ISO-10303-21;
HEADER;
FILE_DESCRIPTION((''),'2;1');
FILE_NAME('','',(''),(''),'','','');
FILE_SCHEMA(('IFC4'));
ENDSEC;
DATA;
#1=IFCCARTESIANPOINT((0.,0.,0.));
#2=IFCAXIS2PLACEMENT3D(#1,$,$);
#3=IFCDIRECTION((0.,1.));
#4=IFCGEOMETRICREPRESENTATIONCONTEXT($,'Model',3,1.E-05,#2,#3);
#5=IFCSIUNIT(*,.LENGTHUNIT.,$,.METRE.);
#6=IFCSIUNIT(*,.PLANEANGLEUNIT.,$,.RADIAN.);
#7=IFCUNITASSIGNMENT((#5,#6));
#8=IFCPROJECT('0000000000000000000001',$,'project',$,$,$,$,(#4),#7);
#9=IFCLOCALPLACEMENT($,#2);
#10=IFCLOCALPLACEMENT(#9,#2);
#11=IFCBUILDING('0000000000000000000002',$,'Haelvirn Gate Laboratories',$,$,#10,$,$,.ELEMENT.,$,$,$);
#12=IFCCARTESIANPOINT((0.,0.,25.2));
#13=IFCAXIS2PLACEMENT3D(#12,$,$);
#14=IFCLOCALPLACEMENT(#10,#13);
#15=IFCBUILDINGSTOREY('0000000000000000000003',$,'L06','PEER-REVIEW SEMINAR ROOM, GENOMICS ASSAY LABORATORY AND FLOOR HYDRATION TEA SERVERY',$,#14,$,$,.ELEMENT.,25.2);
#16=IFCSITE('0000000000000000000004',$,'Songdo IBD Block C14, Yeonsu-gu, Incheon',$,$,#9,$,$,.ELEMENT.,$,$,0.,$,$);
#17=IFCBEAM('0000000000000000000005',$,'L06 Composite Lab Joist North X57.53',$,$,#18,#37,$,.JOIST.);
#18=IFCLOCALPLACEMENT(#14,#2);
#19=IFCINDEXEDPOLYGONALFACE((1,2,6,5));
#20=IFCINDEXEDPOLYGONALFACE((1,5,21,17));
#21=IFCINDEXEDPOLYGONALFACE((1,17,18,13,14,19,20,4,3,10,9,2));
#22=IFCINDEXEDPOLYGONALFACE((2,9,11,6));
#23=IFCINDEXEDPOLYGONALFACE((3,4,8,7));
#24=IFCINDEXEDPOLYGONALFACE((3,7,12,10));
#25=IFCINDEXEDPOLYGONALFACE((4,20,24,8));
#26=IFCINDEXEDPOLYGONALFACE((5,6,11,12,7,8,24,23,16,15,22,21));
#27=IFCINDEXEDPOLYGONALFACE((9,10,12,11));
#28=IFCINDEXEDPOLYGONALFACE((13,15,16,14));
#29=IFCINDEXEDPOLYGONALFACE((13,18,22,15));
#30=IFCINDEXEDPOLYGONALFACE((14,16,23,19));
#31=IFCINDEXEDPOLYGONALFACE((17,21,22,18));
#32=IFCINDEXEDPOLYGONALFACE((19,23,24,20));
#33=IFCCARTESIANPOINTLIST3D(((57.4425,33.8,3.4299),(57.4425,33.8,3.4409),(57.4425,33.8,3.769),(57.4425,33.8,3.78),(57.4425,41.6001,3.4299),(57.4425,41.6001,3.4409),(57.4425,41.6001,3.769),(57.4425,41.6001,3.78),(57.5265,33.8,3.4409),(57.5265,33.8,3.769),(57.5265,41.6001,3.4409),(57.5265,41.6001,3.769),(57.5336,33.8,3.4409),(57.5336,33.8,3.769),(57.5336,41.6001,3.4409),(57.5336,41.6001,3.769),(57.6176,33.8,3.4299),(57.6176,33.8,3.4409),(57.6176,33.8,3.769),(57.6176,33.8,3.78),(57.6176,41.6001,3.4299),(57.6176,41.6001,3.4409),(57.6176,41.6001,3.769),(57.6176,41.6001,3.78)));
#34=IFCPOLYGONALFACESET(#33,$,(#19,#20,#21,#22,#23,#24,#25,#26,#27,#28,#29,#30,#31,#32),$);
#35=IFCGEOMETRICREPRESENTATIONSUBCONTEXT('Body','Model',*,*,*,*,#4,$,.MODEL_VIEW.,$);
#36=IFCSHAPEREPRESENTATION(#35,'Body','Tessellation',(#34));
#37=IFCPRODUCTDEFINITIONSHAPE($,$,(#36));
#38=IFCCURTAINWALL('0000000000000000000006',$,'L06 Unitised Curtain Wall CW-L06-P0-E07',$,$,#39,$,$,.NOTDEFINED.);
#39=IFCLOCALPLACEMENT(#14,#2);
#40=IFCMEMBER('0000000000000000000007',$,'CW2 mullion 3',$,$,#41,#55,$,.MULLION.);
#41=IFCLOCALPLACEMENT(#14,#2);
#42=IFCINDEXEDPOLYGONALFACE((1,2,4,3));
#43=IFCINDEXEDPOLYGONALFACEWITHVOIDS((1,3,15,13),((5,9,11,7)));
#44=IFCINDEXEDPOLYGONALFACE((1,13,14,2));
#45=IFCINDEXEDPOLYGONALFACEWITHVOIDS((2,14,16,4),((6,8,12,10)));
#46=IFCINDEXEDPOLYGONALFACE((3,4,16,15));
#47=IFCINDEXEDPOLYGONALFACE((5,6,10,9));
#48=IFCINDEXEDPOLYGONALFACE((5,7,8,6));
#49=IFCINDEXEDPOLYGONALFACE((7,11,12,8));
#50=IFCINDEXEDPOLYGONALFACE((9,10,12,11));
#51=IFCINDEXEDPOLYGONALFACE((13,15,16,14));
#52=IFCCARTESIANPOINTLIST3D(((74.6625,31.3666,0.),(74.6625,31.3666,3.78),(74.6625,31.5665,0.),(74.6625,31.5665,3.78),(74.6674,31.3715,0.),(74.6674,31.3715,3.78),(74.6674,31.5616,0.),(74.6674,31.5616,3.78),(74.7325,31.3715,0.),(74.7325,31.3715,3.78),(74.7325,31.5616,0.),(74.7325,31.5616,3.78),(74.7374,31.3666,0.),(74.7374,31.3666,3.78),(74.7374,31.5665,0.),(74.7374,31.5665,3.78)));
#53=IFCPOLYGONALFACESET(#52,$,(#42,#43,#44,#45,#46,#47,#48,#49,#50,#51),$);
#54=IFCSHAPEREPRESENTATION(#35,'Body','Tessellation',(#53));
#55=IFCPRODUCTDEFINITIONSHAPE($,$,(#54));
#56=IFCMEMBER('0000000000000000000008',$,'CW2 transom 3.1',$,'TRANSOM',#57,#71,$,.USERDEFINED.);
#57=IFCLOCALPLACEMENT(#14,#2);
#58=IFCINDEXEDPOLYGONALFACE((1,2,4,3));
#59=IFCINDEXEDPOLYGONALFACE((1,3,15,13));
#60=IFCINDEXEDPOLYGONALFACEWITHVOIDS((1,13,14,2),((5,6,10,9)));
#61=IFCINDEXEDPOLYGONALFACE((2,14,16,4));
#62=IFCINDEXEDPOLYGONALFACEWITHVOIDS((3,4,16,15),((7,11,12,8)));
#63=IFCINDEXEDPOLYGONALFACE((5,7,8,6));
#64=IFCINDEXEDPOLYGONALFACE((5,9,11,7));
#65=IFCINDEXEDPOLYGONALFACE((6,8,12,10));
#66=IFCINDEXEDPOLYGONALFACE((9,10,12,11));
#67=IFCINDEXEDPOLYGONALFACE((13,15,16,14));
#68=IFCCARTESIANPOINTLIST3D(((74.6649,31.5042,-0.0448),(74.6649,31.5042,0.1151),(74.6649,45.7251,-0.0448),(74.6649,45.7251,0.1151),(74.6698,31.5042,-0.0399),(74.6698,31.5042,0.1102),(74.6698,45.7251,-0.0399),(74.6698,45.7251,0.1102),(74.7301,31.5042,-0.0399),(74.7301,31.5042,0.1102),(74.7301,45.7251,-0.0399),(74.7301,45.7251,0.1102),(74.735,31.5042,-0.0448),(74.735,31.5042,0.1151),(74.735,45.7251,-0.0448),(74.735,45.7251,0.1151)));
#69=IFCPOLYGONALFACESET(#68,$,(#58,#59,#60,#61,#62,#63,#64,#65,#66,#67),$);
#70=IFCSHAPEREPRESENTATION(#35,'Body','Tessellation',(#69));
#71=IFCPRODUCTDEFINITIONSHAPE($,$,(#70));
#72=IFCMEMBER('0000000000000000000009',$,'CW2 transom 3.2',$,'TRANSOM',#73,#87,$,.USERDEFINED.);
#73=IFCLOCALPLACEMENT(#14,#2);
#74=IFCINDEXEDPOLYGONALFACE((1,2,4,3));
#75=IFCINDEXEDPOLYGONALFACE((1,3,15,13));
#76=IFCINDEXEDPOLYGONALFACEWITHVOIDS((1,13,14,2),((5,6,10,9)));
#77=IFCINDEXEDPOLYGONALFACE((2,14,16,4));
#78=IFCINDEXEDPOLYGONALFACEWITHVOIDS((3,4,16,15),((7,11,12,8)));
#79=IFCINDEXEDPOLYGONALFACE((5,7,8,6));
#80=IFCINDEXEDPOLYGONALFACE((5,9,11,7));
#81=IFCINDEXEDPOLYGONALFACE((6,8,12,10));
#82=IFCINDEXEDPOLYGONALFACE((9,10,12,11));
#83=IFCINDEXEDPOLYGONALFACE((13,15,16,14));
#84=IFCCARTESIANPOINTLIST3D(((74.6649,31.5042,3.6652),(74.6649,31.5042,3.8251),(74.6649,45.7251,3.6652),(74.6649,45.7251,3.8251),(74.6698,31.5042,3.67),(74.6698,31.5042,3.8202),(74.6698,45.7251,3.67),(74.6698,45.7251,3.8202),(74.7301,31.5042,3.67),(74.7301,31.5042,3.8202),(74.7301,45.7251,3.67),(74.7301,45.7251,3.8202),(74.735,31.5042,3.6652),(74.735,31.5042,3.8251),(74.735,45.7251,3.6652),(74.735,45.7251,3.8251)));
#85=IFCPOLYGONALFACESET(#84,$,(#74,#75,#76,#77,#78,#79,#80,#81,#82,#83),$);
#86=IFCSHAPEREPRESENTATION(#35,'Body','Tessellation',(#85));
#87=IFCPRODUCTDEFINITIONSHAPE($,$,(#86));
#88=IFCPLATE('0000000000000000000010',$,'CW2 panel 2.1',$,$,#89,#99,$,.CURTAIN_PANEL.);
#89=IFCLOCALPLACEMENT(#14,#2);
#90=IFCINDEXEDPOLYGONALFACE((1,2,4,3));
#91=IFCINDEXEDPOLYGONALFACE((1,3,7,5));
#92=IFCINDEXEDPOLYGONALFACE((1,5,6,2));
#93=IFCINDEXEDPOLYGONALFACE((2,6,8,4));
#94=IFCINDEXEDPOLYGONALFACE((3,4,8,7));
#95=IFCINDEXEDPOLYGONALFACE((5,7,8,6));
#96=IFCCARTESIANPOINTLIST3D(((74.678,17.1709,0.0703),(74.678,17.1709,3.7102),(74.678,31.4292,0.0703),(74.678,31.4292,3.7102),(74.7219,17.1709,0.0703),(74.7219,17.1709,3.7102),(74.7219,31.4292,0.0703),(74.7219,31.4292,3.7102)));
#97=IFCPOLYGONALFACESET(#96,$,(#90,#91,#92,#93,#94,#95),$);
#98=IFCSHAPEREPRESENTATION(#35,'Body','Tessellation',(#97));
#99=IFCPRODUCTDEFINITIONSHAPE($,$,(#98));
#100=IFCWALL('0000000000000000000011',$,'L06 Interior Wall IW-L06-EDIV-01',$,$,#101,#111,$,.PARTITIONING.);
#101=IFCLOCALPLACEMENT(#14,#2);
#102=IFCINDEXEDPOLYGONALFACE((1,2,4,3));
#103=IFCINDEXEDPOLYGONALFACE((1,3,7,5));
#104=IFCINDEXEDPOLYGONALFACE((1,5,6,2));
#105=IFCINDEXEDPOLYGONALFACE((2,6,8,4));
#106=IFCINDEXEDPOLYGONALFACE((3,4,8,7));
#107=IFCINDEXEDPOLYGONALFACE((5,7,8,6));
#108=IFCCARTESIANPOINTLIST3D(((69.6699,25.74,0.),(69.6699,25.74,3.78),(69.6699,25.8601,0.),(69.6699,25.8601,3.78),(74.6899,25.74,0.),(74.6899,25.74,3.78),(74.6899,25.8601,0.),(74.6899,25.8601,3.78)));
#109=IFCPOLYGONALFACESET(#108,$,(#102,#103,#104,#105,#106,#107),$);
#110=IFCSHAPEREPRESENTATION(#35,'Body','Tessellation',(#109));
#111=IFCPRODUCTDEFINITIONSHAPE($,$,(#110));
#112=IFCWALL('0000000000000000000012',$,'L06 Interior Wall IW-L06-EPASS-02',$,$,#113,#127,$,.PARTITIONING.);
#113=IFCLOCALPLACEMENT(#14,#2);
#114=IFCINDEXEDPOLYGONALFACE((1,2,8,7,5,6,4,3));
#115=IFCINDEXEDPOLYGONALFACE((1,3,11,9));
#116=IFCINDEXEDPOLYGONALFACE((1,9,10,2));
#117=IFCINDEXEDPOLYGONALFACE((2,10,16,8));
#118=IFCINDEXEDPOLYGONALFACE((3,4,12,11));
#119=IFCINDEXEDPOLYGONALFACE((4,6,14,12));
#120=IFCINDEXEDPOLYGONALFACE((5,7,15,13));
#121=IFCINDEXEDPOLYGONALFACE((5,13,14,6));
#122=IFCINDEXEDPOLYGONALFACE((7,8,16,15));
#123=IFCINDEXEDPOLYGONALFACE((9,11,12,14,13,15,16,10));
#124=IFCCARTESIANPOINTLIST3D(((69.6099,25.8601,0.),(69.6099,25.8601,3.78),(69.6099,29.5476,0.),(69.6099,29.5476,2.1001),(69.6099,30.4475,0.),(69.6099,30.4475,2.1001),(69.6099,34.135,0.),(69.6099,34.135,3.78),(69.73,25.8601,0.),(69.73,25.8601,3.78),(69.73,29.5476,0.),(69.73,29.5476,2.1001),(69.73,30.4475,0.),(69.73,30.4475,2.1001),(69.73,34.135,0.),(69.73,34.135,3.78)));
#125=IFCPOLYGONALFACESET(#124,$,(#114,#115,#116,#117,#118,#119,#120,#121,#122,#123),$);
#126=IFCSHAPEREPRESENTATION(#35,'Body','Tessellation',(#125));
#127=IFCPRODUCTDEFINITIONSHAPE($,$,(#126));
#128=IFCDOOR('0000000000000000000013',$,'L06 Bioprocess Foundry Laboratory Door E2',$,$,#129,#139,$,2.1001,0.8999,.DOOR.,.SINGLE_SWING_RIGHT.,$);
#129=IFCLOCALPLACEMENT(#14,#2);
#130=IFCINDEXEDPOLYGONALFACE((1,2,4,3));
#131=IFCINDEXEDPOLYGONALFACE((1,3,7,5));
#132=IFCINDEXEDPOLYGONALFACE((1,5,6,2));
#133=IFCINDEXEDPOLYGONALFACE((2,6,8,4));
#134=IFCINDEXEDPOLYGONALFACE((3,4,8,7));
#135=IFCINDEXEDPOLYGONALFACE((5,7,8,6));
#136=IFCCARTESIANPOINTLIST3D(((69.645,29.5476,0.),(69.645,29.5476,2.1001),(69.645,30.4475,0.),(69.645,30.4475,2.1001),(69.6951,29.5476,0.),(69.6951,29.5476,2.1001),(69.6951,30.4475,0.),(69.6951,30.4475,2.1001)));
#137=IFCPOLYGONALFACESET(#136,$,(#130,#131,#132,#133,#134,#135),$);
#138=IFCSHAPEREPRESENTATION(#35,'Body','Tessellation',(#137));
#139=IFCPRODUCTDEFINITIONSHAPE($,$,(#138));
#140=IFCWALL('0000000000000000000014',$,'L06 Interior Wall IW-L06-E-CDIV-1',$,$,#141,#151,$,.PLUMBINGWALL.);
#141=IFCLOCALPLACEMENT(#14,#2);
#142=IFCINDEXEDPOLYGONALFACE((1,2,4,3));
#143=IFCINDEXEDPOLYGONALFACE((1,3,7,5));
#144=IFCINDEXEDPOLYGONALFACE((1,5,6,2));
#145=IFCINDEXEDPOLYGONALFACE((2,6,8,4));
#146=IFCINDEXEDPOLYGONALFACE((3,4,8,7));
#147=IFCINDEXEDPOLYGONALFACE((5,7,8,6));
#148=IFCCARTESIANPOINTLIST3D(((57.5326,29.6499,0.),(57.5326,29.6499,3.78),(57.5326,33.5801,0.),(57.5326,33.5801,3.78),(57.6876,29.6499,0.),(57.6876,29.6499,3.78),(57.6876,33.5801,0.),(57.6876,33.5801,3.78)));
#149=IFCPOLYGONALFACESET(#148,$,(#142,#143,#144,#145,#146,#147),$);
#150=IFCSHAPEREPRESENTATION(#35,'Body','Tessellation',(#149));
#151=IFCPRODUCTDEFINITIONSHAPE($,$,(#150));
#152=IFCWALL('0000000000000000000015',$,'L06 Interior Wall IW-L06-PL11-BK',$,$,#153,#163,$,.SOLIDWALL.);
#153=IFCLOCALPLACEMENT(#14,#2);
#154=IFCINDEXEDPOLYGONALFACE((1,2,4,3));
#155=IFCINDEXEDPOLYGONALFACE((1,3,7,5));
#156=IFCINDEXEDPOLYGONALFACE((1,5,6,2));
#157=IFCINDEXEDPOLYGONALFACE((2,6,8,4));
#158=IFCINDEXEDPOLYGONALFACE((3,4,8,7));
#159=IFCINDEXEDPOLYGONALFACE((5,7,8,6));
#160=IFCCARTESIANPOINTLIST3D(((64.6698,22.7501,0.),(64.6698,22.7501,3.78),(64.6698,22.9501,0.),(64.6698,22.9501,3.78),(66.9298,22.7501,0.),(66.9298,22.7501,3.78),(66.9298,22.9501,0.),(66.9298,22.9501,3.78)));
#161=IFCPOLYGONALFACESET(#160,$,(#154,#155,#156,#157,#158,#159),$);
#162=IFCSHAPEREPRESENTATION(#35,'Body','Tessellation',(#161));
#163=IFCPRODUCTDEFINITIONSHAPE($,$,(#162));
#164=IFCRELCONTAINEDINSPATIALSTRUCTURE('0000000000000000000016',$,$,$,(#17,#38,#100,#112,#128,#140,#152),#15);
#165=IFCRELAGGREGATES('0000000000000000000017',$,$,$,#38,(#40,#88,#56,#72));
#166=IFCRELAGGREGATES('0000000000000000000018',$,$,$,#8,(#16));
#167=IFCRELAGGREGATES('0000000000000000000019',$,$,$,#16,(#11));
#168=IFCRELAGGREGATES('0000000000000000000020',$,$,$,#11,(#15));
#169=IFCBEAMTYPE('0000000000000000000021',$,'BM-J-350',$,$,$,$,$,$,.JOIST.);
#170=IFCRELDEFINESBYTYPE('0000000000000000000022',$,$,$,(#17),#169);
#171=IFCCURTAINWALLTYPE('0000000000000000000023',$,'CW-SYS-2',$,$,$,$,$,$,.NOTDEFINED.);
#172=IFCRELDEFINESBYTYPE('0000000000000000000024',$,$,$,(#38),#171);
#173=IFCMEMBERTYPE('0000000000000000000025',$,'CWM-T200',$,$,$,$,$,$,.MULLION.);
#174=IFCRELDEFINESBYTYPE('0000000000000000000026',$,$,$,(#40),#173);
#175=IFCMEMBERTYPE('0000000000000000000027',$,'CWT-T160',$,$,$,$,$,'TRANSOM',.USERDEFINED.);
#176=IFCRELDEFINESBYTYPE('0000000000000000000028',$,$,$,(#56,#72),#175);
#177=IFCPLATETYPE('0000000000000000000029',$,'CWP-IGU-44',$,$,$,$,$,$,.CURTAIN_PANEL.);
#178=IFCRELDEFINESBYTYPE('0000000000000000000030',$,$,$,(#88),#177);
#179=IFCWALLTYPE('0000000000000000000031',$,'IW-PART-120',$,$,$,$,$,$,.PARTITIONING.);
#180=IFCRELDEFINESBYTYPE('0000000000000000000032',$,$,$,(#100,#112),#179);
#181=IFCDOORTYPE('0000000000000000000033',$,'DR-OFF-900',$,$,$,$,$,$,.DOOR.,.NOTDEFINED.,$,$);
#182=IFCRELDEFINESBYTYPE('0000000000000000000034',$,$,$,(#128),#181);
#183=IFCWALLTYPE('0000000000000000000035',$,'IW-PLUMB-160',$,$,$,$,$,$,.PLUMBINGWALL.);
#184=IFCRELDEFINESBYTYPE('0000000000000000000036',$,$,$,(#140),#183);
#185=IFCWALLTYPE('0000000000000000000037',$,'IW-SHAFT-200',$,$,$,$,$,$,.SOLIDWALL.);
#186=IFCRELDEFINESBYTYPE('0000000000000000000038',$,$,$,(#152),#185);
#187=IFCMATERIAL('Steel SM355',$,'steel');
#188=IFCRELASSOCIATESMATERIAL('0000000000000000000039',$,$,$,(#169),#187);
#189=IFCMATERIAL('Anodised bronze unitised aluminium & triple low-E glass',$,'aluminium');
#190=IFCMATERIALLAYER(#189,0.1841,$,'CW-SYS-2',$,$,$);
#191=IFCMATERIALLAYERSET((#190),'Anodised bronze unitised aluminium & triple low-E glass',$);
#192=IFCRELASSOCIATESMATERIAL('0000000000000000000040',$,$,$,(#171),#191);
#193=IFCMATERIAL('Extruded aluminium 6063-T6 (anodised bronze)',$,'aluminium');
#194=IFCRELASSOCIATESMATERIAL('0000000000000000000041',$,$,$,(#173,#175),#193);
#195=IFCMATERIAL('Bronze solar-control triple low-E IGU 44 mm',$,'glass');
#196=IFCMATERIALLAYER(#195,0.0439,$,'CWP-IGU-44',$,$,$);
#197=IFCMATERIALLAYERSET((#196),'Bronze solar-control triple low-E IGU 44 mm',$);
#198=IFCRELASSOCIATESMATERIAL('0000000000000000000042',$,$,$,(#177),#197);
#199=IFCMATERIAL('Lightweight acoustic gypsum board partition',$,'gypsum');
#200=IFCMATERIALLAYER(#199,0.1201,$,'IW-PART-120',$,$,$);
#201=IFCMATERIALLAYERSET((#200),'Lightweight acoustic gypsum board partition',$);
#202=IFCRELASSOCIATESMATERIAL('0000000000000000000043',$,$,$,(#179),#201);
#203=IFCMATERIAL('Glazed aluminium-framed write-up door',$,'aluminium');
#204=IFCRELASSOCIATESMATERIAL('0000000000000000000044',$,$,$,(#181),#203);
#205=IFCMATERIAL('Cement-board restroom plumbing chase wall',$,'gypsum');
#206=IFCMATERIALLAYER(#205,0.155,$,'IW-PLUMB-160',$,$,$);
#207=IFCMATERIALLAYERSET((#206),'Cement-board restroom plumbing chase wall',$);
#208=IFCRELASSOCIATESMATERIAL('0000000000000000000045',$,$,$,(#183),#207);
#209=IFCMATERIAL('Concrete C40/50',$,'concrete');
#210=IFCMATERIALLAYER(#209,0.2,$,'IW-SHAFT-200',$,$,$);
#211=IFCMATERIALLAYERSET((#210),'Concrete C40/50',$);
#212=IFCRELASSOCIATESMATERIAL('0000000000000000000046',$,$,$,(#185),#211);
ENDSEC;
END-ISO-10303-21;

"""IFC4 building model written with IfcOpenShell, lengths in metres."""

from ifc_helpers import new_model, si_unit, direction, frame, frame_2d, origin, origin_2d, place, context, subcontext, project, spatial, rectangle, hollow_rectangle, i_section, extrude, source, transform, mapped, material, layer, layer_set, material_profile, profile_set, type_object, type_shapes, element, fill, aggregate, save


model = new_model("IFC4")

# Units and contexts
model_context = context("Model", 3, precision=1e-05, world=origin(), true_north=direction((0.0, 1.0)))
body_context = subcontext(model_context, "Body", "Model", "MODEL_VIEW")
ifc_project = project(units=[si_unit("LENGTHUNIT", "METRE"), si_unit("PLANEANGLEUNIT", "RADIAN")], contexts=[model_context])

# Site, building, storey
site_placement = place(None, origin())
site = spatial("IfcSite", under=ifc_project, at=site_placement, Name="Songdo IBD Block C14, Yeonsu-gu, Incheon", CompositionType="ELEMENT", RefElevation=0.0)
building_placement = place(site_placement, origin())
building = spatial("IfcBuilding", under=site, at=building_placement, Name="Haelvirn Gate Laboratories", CompositionType="ELEMENT")
storey_placement = place(building_placement, frame((0.0, 0.0, 25.2)))
storey = spatial("IfcBuildingStorey", under=building, at=storey_placement, Name="L06", Description="PEER-REVIEW SEMINAR ROOM, GENOMICS ASSAY LABORATORY AND FLOOR HYDRATION TEA SERVERY", CompositionType="ELEMENT", Elevation=25.2)

# Beam
ifc_material_1 = material(Name="Steel SM355", Category="steel")
ifc_material_profile_1 = material_profile(ifc_material_1, i_section(OverallWidth=0.175, OverallDepth=0.3501, WebThickness=0.0071, FlangeThickness=0.011, at=origin_2d()), Name="H-350x175x7x11")
ifc_profile_set_1 = profile_set([ifc_material_profile_1], Name="Steel SM355")
beam_type = type_object("IfcBeamType", Name="BM-J-350", PredefinedType="JOIST", material=ifc_profile_set_1)
shared_shape_1 = source(origin(), body_context, "Body", "SweptSolid", [
    extrude(i_section(OverallWidth=0.175, OverallDepth=0.3501, WebThickness=0.0071, FlangeThickness=0.011, at=origin_2d()), origin(), (0.0, 0.0, 1.0), 7.8),
])
type_shapes(beam_type, [shared_shape_1])
beam_placement = place(storey_placement, frame((57.53, 33.8, 3.605), z_axis=(0.0, 1.0, 0.0), x_axis=(-1.0, 0.0, 0.0)))
element("IfcBeam", 1, at=beam_placement, inside=storey, type_object=beam_type, Name="L06 Composite Lab Joist North X57.53", PredefinedType="JOIST", context=body_context, shape_type="MappedRepresentation", body=[
    mapped(shared_shape_1, transform((0.0, 0.0, 0.0), scale=1.0)),
])

# Curtain wall, members, plate
ifc_material_2 = material(Name="Anodised bronze unitised aluminium & triple low-E glass", Category="aluminium")
ifc_layer_1 = layer(ifc_material_2, 0.1841, Name="CW-SYS-2")
ifc_layer_set_1 = layer_set([ifc_layer_1], Name="Anodised bronze unitised aluminium & triple low-E glass")
curtain_wall_type = type_object("IfcCurtainWallType", Name="CW-SYS-2", PredefinedType="NOTDEFINED", material=ifc_layer_set_1)
curtain_wall_placement = place(storey_placement, origin())
curtain_wall = element("IfcCurtainWall", 2, at=curtain_wall_placement, inside=storey, type_object=curtain_wall_type, Name="L06 Unitised Curtain Wall CW-L06-P0-E07", PredefinedType="NOTDEFINED")
ifc_material_3 = material(Name="Extruded aluminium 6063-T6 (anodised bronze)", Category="aluminium")
ifc_material_profile_2 = material_profile(ifc_material_3, hollow_rectangle(XDim=0.075, YDim=0.2, WallThickness=0.0049, at=origin_2d()), Name="CWM-200x75x5")
ifc_profile_set_2 = profile_set([ifc_material_profile_2], Name="Extruded aluminium 6063-T6 (anodised bronze)")
member_type_1 = type_object("IfcMemberType", Name="CWM-T200", PredefinedType="MULLION", material=ifc_profile_set_2)
shared_shape_2 = source(origin(), body_context, "Body", "SweptSolid", [
    extrude(hollow_rectangle(XDim=0.075, YDim=0.2, WallThickness=0.0049, at=origin_2d()), origin(), (0.0, 0.0, 1.0), 3.78),
])
type_shapes(member_type_1, [shared_shape_2])
member_1_placement = place(storey_placement, frame((74.7, 31.4666, 0.0), z_axis=(0.0, 0.0, 1.0), x_axis=(-1.0, 0.0, 0.0)))
member_1 = element("IfcMember", 3, at=member_1_placement, type_object=member_type_1, Name="CW2 mullion 3", PredefinedType="MULLION", context=body_context, shape_type="MappedRepresentation", body=[
    mapped(shared_shape_2, transform((0.0, 0.0, 0.0), scale=1.0)),
])
ifc_material_profile_3 = material_profile(ifc_material_3, hollow_rectangle(XDim=0.0701, YDim=0.1599, WallThickness=0.0049, at=origin_2d()), Name="CWT-160x70x5")
ifc_profile_set_3 = profile_set([ifc_material_profile_3], Name="Extruded aluminium 6063-T6 (anodised bronze)")
member_type_2 = type_object("IfcMemberType", Name="CWT-T160", ElementType="TRANSOM", PredefinedType="USERDEFINED", material=ifc_profile_set_3)
shared_shape_3 = source(origin(), body_context, "Body", "SweptSolid", [
    extrude(hollow_rectangle(XDim=0.0701, YDim=0.1599, WallThickness=0.0049, at=origin_2d()), origin(), (0.0, 0.0, 1.0), 14.2209),
])
type_shapes(member_type_2, [shared_shape_3])
member_2_placement = place(storey_placement, frame((74.7, 31.5042, 0.0352), z_axis=(0.0, 1.0, 0.0), x_axis=(-1.0, 0.0, 0.0)))
member_2 = element("IfcMember", 4, at=member_2_placement, type_object=member_type_2, Name="CW2 transom 3.1", ObjectType="TRANSOM", PredefinedType="USERDEFINED", context=body_context, shape_type="MappedRepresentation", body=[
    mapped(shared_shape_3, transform((0.0, 0.0, 0.0), scale=1.0)),
])
member_3_placement = place(storey_placement, frame((74.7, 31.5042, 3.7451), z_axis=(0.0, 1.0, 0.0), x_axis=(-1.0, 0.0, 0.0)))
member_3 = element("IfcMember", 5, at=member_3_placement, type_object=member_type_2, Name="CW2 transom 3.2", ObjectType="TRANSOM", PredefinedType="USERDEFINED", context=body_context, shape_type="MappedRepresentation", body=[
    mapped(shared_shape_3, transform((0.0, 0.0, 0.0), scale=1.0)),
])
ifc_material_4 = material(Name="Bronze solar-control triple low-E IGU 44 mm", Category="glass")
ifc_layer_2 = layer(ifc_material_4, 0.0439, Name="CWP-IGU-44")
ifc_layer_set_2 = layer_set([ifc_layer_2], Name="Bronze solar-control triple low-E IGU 44 mm")
plate_type = type_object("IfcPlateType", Name="CWP-IGU-44", PredefinedType="CURTAIN_PANEL", material=ifc_layer_set_2)
shared_shape_4 = source(origin(), body_context, "Body", "SweptSolid", [
    extrude(rectangle(XDim=14.2583, YDim=0.0439, at=origin_2d()), origin(), (0.0, 0.0, 1.0), 3.6399),
])
type_shapes(plate_type, [shared_shape_4])
plate_placement = place(storey_placement, frame((74.7, 24.3, 0.0703), z_axis=(0.0, 0.0, 1.0), x_axis=(0.0, 1.0, 0.0)))
plate = element("IfcPlate", 6, at=plate_placement, type_object=plate_type, Name="CW2 panel 2.1", PredefinedType="CURTAIN_PANEL", context=body_context, shape_type="MappedRepresentation", body=[
    mapped(shared_shape_4, transform((0.0, 0.0, 0.0), scale=1.0)),
])
aggregate(curtain_wall, [member_1, plate, member_2, member_3])

# Wall
ifc_material_5 = material(Name="Lightweight acoustic gypsum board partition", Category="gypsum")
ifc_layer_3 = layer(ifc_material_5, 0.1201, Name="IW-PART-120")
ifc_layer_set_3 = layer_set([ifc_layer_3], Name="Lightweight acoustic gypsum board partition")
wall_type_1 = type_object("IfcWallType", Name="IW-PART-120", PredefinedType="PARTITIONING", material=ifc_layer_set_3)
wall_1_placement = place(storey_placement, frame((69.6699, 25.8, 0.0), z_axis=(0.0, 0.0, 1.0), x_axis=(1.0, 0.0, 0.0)))
element("IfcWall", 7, at=wall_1_placement, inside=storey, type_object=wall_type_1, Name="L06 Interior Wall IW-L06-EDIV-01", PredefinedType="PARTITIONING", context=body_context, shape_type="SweptSolid", body=[
    extrude(rectangle(XDim=5.02, YDim=0.1201, at=frame_2d((2.51, 0.0))), origin(), (0.0, 0.0, 1.0), 3.78),
])

# Wall, opening, door
wall_2_placement = place(storey_placement, frame((69.6699, 25.8601, 0.0), z_axis=(0.0, 0.0, 1.0), x_axis=(0.0, 1.0, 0.0)))
wall_2 = element("IfcWall", 8, at=wall_2_placement, inside=storey, type_object=wall_type_1, Name="L06 Interior Wall IW-L06-EPASS-02", PredefinedType="PARTITIONING", context=body_context, shape_type="SweptSolid", body=[
    extrude(rectangle(XDim=8.2749, YDim=0.1201, at=frame_2d((4.1375, 0.0))), origin(), (0.0, 0.0, 1.0), 3.78),
])
opening_1_placement = place(wall_2_placement, frame((3.6875, 0.0, 0.0)))
opening_1 = element("IfcOpeningElement", 9, at=opening_1_placement, cuts=wall_2, PredefinedType="OPENING", context=body_context, shape_type="SweptSolid", body=[
    extrude(rectangle(XDim=0.8999, YDim=2.1001, at=frame_2d((0.45, 1.05))), frame((0.0, 0.0701, 0.0), z_axis=(0.0, -1.0, 0.0), x_axis=(1.0, 0.0, 0.0)), (0.0, 0.0, 1.0), 0.1401),
])
ifc_material_6 = material(Name="Glazed aluminium-framed write-up door", Category="aluminium")
door_type_1 = type_object("IfcDoorType", Name="DR-OFF-900", OperationType="NOTDEFINED", PredefinedType="DOOR", material=ifc_material_6)
shared_shape_5 = source(origin(), body_context, "Body", "SweptSolid", [
    extrude(rectangle(XDim=0.8999, YDim=2.1001, at=frame_2d((0.45, 1.05))), frame((0.0, 0.0249, 0.0), z_axis=(0.0, -1.0, 0.0), x_axis=(1.0, 0.0, 0.0)), (0.0, 0.0, 1.0), 0.05),
])
type_shapes(door_type_1, [shared_shape_5])
door_1_placement = place(opening_1_placement, origin())
door_1 = element("IfcDoor", 10, at=door_1_placement, inside=storey, type_object=door_type_1, Name="L06 Bioprocess Foundry Laboratory Door E2", OperationType="SINGLE_SWING_RIGHT", OverallHeight=2.1001, OverallWidth=0.8999, PredefinedType="DOOR", context=body_context, shape_type="MappedRepresentation", body=[
    mapped(shared_shape_5, transform((0.0, 0.0, 0.0), scale=1.0)),
])
fill(opening_1, door_1)

# Walls
ifc_material_7 = material(Name="Cement-board restroom plumbing chase wall", Category="gypsum")
ifc_layer_4 = layer(ifc_material_7, 0.155, Name="IW-PLUMB-160")
ifc_layer_set_4 = layer_set([ifc_layer_4], Name="Cement-board restroom plumbing chase wall")
wall_type_2 = type_object("IfcWallType", Name="IW-PLUMB-160", PredefinedType="PLUMBINGWALL", material=ifc_layer_set_4)
wall_3_placement = place(storey_placement, frame((57.6101, 29.6499, 0.0), z_axis=(0.0, 0.0, 1.0), x_axis=(0.0, 1.0, 0.0)))
element("IfcWall", 11, at=wall_3_placement, inside=storey, type_object=wall_type_2, Name="L06 Interior Wall IW-L06-E-CDIV-1", PredefinedType="PLUMBINGWALL", context=body_context, shape_type="SweptSolid", body=[
    extrude(rectangle(XDim=3.9302, YDim=0.155, at=frame_2d((1.9651, 0.0))), origin(), (0.0, 0.0, 1.0), 3.78),
])
ifc_material_8 = material(Name="Concrete C40/50", Category="concrete")
ifc_layer_5 = layer(ifc_material_8, 0.2, Name="IW-SHAFT-200")
ifc_layer_set_5 = layer_set([ifc_layer_5], Name="Concrete C40/50")
wall_type_3 = type_object("IfcWallType", Name="IW-SHAFT-200", PredefinedType="SOLIDWALL", material=ifc_layer_set_5)
for number, where, z_axis, x_axis, name in (
    (12, (64.6699, 22.8501, 0.0), (0.0, 0.0, 1.0), (1.0, 0.0, 0.0), "L06 Interior Wall IW-L06-PL11-BK"),
):
    element("IfcWall", number, at=place(storey_placement, frame(where, z_axis=z_axis, x_axis=x_axis)), inside=storey, type_object=wall_type_3, Name=name, PredefinedType="SOLIDWALL", context=body_context, shape_type="SweptSolid", body=[
        extrude(rectangle(XDim=2.26, YDim=0.2, at=frame_2d((1.1299, 0.0))), origin(), (0.0, 0.0, 1.0), 3.78),
    ])

save(model, "model.ifc")
